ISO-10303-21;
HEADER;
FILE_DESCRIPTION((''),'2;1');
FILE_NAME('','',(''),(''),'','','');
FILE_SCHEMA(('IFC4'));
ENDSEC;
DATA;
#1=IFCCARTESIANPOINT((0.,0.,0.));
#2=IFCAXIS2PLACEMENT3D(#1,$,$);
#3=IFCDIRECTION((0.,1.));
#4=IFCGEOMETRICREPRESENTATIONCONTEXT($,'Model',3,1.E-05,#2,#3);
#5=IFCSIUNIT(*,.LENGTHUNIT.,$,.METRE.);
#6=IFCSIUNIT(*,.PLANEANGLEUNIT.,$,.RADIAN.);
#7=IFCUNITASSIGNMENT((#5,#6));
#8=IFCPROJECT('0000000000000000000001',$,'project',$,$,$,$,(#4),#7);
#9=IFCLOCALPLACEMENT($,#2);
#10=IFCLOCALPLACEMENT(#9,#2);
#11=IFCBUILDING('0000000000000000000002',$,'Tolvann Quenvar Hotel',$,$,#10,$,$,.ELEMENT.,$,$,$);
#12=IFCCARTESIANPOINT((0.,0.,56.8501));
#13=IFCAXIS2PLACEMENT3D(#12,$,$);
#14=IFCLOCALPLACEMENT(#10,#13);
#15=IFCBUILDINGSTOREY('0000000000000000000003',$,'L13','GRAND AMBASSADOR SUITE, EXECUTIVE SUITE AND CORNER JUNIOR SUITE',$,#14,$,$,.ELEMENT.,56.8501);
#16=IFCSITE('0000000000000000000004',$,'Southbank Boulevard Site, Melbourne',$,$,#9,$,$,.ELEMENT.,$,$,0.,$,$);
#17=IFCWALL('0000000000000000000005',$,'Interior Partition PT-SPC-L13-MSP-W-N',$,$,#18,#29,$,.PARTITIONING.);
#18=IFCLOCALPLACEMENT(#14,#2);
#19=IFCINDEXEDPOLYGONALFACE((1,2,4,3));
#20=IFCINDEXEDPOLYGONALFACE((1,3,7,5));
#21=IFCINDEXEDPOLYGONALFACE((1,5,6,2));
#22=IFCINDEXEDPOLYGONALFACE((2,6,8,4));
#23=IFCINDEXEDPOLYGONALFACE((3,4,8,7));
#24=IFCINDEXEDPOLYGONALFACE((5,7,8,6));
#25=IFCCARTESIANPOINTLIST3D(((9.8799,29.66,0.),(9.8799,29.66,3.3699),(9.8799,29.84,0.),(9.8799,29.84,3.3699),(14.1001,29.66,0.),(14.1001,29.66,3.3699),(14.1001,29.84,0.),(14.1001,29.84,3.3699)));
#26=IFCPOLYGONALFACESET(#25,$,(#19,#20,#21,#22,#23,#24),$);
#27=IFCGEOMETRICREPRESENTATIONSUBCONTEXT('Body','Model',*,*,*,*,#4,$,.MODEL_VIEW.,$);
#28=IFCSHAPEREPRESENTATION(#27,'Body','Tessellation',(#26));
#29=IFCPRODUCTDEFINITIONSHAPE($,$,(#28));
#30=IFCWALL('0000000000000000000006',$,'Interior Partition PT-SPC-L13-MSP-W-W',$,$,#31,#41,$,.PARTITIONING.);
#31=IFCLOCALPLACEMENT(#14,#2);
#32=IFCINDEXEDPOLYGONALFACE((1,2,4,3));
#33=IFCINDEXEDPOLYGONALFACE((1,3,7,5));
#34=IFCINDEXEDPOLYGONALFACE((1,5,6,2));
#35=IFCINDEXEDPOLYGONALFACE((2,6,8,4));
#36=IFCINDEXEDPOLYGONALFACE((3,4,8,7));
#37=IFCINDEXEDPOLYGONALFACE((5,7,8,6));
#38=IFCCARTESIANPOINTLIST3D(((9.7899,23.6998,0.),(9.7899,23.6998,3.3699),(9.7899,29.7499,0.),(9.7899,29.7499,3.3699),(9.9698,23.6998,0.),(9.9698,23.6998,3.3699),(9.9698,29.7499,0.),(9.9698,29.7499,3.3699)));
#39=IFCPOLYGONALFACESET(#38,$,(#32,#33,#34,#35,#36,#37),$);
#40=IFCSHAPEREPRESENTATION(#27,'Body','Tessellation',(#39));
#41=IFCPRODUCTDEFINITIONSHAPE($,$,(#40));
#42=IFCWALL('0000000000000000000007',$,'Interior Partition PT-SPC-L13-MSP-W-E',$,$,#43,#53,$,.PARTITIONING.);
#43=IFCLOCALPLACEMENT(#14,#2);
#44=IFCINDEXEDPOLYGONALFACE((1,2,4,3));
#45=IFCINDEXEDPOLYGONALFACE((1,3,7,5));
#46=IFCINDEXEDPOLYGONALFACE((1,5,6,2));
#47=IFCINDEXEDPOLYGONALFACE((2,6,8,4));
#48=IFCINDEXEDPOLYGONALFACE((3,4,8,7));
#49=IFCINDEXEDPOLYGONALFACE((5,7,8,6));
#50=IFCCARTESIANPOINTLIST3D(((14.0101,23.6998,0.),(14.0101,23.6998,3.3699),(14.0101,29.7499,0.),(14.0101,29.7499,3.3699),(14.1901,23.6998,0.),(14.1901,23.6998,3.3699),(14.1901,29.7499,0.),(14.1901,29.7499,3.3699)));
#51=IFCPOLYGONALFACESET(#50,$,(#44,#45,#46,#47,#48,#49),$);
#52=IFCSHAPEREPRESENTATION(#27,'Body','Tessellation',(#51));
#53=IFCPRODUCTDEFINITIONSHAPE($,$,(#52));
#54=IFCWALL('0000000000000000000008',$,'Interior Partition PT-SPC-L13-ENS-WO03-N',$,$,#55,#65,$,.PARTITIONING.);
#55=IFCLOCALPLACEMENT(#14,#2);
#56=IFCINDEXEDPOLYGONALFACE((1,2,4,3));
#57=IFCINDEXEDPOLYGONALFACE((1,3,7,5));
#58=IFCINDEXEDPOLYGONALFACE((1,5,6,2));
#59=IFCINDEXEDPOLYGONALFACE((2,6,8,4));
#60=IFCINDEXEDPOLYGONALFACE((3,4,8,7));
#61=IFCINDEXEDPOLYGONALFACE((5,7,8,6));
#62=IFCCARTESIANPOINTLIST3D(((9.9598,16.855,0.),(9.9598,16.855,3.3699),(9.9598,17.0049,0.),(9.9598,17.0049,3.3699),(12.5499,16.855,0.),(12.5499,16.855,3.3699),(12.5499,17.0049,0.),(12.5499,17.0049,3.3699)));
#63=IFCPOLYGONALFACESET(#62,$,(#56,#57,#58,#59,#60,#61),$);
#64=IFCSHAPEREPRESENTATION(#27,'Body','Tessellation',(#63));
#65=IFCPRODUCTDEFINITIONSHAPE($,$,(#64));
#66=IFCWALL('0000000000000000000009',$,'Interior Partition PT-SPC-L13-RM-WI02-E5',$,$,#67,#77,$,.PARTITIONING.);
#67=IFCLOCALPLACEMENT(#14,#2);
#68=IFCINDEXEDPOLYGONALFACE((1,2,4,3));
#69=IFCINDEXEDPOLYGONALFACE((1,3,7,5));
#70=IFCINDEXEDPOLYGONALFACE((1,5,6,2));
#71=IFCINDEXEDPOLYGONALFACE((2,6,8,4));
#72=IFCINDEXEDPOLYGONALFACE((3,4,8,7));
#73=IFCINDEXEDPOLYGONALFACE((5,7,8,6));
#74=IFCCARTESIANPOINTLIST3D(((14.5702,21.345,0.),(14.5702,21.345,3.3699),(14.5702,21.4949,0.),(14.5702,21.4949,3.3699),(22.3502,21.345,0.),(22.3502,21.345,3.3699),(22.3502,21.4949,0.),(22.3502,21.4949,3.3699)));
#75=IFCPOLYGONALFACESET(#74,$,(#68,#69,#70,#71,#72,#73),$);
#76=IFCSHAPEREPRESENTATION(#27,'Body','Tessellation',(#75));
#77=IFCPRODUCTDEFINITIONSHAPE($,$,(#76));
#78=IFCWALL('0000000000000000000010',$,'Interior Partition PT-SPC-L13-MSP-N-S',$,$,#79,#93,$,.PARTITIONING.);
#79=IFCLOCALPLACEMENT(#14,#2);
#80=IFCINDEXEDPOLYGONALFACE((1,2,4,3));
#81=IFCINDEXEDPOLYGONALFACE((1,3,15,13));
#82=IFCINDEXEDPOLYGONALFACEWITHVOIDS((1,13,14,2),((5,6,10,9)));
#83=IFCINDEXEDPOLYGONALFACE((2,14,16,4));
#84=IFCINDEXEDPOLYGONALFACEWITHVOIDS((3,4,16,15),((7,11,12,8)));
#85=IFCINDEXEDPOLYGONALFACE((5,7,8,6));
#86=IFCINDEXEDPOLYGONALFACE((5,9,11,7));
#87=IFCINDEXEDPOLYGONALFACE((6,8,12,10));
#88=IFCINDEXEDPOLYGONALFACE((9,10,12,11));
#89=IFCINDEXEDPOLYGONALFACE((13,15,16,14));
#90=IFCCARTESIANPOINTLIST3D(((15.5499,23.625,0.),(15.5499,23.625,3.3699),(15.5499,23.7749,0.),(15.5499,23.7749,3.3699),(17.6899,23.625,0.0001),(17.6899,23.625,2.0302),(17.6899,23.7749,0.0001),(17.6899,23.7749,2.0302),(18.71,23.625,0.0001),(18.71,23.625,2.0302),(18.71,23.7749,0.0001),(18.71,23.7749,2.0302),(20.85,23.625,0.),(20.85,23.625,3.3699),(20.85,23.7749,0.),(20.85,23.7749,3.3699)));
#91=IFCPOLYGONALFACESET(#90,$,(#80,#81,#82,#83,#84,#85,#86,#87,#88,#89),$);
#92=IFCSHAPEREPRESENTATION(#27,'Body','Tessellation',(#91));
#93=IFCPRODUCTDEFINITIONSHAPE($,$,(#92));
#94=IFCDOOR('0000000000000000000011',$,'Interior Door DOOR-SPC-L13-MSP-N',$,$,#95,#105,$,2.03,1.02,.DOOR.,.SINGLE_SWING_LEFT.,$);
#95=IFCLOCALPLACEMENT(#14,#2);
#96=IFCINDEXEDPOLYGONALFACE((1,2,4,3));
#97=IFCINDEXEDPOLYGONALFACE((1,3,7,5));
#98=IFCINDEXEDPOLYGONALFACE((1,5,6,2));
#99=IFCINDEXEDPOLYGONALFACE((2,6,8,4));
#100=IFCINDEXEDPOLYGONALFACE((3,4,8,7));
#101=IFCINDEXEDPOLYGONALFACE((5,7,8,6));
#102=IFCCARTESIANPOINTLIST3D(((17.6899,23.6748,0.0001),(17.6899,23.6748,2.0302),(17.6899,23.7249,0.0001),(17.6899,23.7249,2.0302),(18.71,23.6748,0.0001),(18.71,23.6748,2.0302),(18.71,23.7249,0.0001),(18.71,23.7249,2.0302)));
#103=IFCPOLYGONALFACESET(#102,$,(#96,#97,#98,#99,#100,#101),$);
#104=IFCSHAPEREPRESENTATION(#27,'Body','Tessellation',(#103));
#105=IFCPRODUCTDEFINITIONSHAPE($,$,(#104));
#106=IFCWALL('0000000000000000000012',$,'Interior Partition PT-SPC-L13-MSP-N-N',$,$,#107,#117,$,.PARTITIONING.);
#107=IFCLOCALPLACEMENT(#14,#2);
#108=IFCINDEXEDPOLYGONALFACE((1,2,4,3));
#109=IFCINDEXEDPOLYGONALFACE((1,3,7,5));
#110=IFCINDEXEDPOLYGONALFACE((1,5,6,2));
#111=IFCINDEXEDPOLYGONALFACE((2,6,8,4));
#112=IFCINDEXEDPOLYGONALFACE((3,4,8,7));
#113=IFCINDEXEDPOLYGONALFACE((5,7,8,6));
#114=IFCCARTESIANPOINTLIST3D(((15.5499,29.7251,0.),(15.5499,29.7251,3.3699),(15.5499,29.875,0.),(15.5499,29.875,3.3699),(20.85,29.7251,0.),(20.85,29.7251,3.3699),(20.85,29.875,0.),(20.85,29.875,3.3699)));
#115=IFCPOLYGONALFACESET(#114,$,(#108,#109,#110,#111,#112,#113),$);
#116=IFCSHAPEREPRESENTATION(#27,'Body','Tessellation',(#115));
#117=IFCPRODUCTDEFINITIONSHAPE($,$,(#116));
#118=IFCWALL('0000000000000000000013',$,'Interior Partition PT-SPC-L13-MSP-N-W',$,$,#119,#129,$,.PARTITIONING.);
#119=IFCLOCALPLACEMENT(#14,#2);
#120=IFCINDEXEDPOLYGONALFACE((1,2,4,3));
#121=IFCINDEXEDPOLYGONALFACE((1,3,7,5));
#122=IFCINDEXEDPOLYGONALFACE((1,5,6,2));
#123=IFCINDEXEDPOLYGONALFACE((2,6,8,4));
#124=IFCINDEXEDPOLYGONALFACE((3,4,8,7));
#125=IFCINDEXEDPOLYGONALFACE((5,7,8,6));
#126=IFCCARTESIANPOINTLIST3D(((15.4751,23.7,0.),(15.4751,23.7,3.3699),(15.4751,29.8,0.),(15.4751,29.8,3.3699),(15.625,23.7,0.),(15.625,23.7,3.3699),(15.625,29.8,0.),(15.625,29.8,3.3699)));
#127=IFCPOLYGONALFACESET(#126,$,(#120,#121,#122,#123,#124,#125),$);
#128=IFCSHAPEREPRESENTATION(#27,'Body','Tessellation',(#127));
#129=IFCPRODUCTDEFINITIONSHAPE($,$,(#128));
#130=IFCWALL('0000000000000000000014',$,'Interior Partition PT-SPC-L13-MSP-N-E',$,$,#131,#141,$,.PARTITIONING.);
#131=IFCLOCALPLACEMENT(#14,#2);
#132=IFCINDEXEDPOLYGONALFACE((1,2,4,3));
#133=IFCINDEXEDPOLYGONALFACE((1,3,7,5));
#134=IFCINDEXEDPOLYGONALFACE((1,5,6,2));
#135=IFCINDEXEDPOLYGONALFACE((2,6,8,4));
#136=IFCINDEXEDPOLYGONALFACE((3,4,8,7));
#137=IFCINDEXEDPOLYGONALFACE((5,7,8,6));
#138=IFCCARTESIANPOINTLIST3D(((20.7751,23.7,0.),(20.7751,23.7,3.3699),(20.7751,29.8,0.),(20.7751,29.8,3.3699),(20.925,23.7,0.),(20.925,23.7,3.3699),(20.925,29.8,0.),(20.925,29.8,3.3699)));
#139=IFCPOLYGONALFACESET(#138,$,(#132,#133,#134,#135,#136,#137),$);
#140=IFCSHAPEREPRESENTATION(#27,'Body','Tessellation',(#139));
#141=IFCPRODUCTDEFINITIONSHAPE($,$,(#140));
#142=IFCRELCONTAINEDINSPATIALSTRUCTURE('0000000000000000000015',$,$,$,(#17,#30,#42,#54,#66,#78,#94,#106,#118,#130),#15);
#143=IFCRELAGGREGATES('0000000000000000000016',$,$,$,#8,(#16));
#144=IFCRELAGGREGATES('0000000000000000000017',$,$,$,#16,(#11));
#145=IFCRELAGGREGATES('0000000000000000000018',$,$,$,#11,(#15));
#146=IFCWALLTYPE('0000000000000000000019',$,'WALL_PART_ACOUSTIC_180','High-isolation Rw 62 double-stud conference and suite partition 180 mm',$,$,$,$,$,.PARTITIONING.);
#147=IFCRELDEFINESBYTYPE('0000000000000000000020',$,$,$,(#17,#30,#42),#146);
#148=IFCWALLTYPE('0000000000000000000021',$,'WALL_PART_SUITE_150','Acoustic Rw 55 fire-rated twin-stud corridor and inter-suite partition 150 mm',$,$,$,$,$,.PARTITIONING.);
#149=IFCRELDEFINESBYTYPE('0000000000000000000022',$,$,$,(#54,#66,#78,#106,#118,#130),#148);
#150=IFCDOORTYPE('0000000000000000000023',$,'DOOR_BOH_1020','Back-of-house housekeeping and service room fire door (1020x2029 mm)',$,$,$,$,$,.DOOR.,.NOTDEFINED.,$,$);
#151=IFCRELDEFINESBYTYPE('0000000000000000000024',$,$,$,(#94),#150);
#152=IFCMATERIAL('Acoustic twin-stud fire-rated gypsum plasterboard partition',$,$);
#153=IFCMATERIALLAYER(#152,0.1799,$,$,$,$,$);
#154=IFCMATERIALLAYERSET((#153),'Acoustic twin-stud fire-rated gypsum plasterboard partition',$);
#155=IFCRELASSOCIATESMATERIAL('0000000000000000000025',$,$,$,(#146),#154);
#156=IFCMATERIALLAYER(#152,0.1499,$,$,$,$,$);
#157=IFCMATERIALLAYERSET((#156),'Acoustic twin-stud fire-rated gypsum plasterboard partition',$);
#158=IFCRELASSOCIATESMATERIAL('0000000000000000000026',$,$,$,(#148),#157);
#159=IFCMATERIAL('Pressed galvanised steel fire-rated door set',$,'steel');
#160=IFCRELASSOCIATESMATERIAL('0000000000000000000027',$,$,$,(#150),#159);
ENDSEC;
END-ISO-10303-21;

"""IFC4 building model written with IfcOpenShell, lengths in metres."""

from ifc_helpers import new_model, si_unit, direction, frame, frame_2d, origin, place, context, subcontext, project, spatial, rectangle, extrude, source, transform, mapped, material, layer, layer_set, type_object, type_shapes, element, fill, save


model = new_model("IFC4")

# Units and contexts
model_context = context("Model", 3, precision=1e-05, world=origin(), true_north=direction((0.0, 1.0)))
body_context = subcontext(model_context, "Body", "Model", "MODEL_VIEW")
ifc_project = project(units=[si_unit("LENGTHUNIT", "METRE"), si_unit("PLANEANGLEUNIT", "RADIAN")], contexts=[model_context])

# Site, building, storey
site_placement = place(None, origin())
site = spatial("IfcSite", under=ifc_project, at=site_placement, Name="Southbank Boulevard Site, Melbourne", CompositionType="ELEMENT", RefElevation=0.0)
building_placement = place(site_placement, origin())
building = spatial("IfcBuilding", under=site, at=building_placement, Name="Tolvann Quenvar Hotel", CompositionType="ELEMENT")
storey_placement = place(building_placement, frame((0.0, 0.0, 56.8501)))
storey = spatial("IfcBuildingStorey", under=building, at=storey_placement, Name="L13", Description="GRAND AMBASSADOR SUITE, EXECUTIVE SUITE AND CORNER JUNIOR SUITE", CompositionType="ELEMENT", Elevation=56.8501)

# Shared definitions
ifc_material_1 = material(Name="Acoustic twin-stud fire-rated gypsum plasterboard partition")
ifc_layer_1 = layer(ifc_material_1, 0.1799)
ifc_layer_set_1 = layer_set([ifc_layer_1], Name="Acoustic twin-stud fire-rated gypsum plasterboard partition")
wall_type_1 = type_object("IfcWallType", Name="WALL_PART_ACOUSTIC_180", Description="High-isolation Rw 62 double-stud conference and suite partition 180 mm", PredefinedType="PARTITIONING", material=ifc_layer_set_1)

# Walls
wall_1_placement = place(storey_placement, frame((9.8799, 29.75, 0.0), z_axis=(0.0, 0.0, 1.0), x_axis=(1.0, 0.0, 0.0)))
element("IfcWall", 1, at=wall_1_placement, inside=storey, type_object=wall_type_1, Name="Interior Partition PT-SPC-L13-MSP-W-N", PredefinedType="PARTITIONING", context=body_context, shape_type="SweptSolid", body=[
    extrude(rectangle(XDim=4.2202, YDim=0.1799, at=frame_2d((2.1101, 0.0))), origin(), (0.0, 0.0, 1.0), 3.3699),
])
for number, where, z_axis, x_axis, name in (
    (2, (9.8799, 23.7, 0.0), (0.0, 0.0, 1.0), (0.0, 1.0, 0.0), "Interior Partition PT-SPC-L13-MSP-W-W"),
    (3, (14.1001, 23.7, 0.0), (0.0, 0.0, 1.0), (0.0, 1.0, 0.0), "Interior Partition PT-SPC-L13-MSP-W-E"),
):
    element("IfcWall", number, at=place(storey_placement, frame(where, z_axis=z_axis, x_axis=x_axis)), inside=storey, type_object=wall_type_1, Name=name, PredefinedType="PARTITIONING", context=body_context, shape_type="SweptSolid", body=[
        extrude(rectangle(XDim=6.05, YDim=0.1799, at=frame_2d((3.0249, 0.0))), origin(), (0.0, 0.0, 1.0), 3.3699),
    ])
ifc_layer_2 = layer(ifc_material_1, 0.1499)
ifc_layer_set_2 = layer_set([ifc_layer_2], Name="Acoustic twin-stud fire-rated gypsum plasterboard partition")
wall_type_2 = type_object("IfcWallType", Name="WALL_PART_SUITE_150", Description="Acoustic Rw 55 fire-rated twin-stud corridor and inter-suite partition 150 mm", PredefinedType="PARTITIONING", material=ifc_layer_set_2)
wall_2_placement = place(storey_placement, frame((9.96, 16.9299, 0.0), z_axis=(0.0, 0.0, 1.0), x_axis=(1.0, 0.0, 0.0)))
element("IfcWall", 4, at=wall_2_placement, inside=storey, type_object=wall_type_2, Name="Interior Partition PT-SPC-L13-ENS-WO03-N", PredefinedType="PARTITIONING", context=body_context, shape_type="SweptSolid", body=[
    extrude(rectangle(XDim=2.5901, YDim=0.1499, at=frame_2d((1.2949, 0.0))), origin(), (0.0, 0.0, 1.0), 3.3699),
])

# Wall
wall_3_placement = place(storey_placement, frame((14.5701, 21.4199, 0.0), z_axis=(0.0, 0.0, 1.0), x_axis=(1.0, 0.0, 0.0)))
element("IfcWall", 5, at=wall_3_placement, inside=storey, type_object=wall_type_2, Name="Interior Partition PT-SPC-L13-RM-WI02-E5", PredefinedType="PARTITIONING", context=body_context, shape_type="SweptSolid", body=[
    extrude(rectangle(XDim=7.78, YDim=0.1499, at=frame_2d((3.8901, 0.0))), origin(), (0.0, 0.0, 1.0), 3.3699),
])

# Wall, opening, door
wall_4_placement = place(storey_placement, frame((15.55, 23.7, 0.0), z_axis=(0.0, 0.0, 1.0), x_axis=(1.0, 0.0, 0.0)))
wall_4 = element("IfcWall", 6, at=wall_4_placement, inside=storey, type_object=wall_type_2, Name="Interior Partition PT-SPC-L13-MSP-N-S", PredefinedType="PARTITIONING", context=body_context, shape_type="SweptSolid", body=[
    extrude(rectangle(XDim=5.3, YDim=0.1499, at=frame_2d((2.6499, 0.0))), origin(), (0.0, 0.0, 1.0), 3.3699),
])
opening_1_placement = place(wall_4_placement, frame((2.1399, 0.0, 0.0)))
opening_1 = element("IfcOpeningElement", 7, at=opening_1_placement, cuts=wall_4, PredefinedType="OPENING", context=body_context, shape_type="SweptSolid", body=[
    extrude(rectangle(XDim=1.02, YDim=2.03, at=frame_2d((0.51, 1.0151))), frame((0.0, 0.085, 0.0), z_axis=(0.0, -1.0, 0.0), x_axis=(1.0, 0.0, 0.0)), (0.0, 0.0, 1.0), 0.1699),
])
ifc_material_2 = material(Name="Pressed galvanised steel fire-rated door set", Category="steel")
door_type_1 = type_object("IfcDoorType", Name="DOOR_BOH_1020", Description="Back-of-house housekeeping and service room fire door (1020x2029 mm)", OperationType="NOTDEFINED", PredefinedType="DOOR", material=ifc_material_2)
shared_shape_1 = source(origin(), body_context, "Body", "SweptSolid", [
    extrude(rectangle(XDim=1.02, YDim=2.03, at=frame_2d((0.51, 1.0151))), frame((0.0, 0.0249, 0.0), z_axis=(0.0, -1.0, 0.0), x_axis=(1.0, 0.0, 0.0)), (0.0, 0.0, 1.0), 0.05),
])
type_shapes(door_type_1, [shared_shape_1])
door_1_placement = place(opening_1_placement, origin())
door_1 = element("IfcDoor", 8, at=door_1_placement, inside=storey, type_object=door_type_1, Name="Interior Door DOOR-SPC-L13-MSP-N", OperationType="SINGLE_SWING_LEFT", OverallHeight=2.03, OverallWidth=1.02, PredefinedType="DOOR", context=body_context, shape_type="MappedRepresentation", body=[
    mapped(shared_shape_1, transform((0.0, 0.0, 0.0), x_axis=(1.0, 0.0, 0.0), y_axis=(0.0, 1.0, 0.0), z_axis=(0.0, 0.0, 1.0), scale=1.0)),
])
fill(opening_1, door_1)

# Walls
wall_5_placement = place(storey_placement, frame((15.55, 29.8, 0.0), z_axis=(0.0, 0.0, 1.0), x_axis=(1.0, 0.0, 0.0)))
element("IfcWall", 9, at=wall_5_placement, inside=storey, type_object=wall_type_2, Name="Interior Partition PT-SPC-L13-MSP-N-N", PredefinedType="PARTITIONING", context=body_context, shape_type="SweptSolid", body=[
    extrude(rectangle(XDim=5.3, YDim=0.1499, at=frame_2d((2.6499, 0.0))), origin(), (0.0, 0.0, 1.0), 3.3699),
])
for number, where, z_axis, x_axis, name in (
    (10, (15.55, 23.7, 0.0), (0.0, 0.0, 1.0), (0.0, 1.0, 0.0), "Interior Partition PT-SPC-L13-MSP-N-W"),
    (11, (20.8501, 23.7, 0.0), (0.0, 0.0, 1.0), (0.0, 1.0, 0.0), "Interior Partition PT-SPC-L13-MSP-N-E"),
):
    element("IfcWall", number, at=place(storey_placement, frame(where, z_axis=z_axis, x_axis=x_axis)), inside=storey, type_object=wall_type_2, Name=name, PredefinedType="PARTITIONING", context=body_context, shape_type="SweptSolid", body=[
        extrude(rectangle(XDim=6.1001, YDim=0.1499, at=frame_2d((3.05, 0.0))), origin(), (0.0, 0.0, 1.0), 3.3699),
    ])

save(model, "model.ifc")
